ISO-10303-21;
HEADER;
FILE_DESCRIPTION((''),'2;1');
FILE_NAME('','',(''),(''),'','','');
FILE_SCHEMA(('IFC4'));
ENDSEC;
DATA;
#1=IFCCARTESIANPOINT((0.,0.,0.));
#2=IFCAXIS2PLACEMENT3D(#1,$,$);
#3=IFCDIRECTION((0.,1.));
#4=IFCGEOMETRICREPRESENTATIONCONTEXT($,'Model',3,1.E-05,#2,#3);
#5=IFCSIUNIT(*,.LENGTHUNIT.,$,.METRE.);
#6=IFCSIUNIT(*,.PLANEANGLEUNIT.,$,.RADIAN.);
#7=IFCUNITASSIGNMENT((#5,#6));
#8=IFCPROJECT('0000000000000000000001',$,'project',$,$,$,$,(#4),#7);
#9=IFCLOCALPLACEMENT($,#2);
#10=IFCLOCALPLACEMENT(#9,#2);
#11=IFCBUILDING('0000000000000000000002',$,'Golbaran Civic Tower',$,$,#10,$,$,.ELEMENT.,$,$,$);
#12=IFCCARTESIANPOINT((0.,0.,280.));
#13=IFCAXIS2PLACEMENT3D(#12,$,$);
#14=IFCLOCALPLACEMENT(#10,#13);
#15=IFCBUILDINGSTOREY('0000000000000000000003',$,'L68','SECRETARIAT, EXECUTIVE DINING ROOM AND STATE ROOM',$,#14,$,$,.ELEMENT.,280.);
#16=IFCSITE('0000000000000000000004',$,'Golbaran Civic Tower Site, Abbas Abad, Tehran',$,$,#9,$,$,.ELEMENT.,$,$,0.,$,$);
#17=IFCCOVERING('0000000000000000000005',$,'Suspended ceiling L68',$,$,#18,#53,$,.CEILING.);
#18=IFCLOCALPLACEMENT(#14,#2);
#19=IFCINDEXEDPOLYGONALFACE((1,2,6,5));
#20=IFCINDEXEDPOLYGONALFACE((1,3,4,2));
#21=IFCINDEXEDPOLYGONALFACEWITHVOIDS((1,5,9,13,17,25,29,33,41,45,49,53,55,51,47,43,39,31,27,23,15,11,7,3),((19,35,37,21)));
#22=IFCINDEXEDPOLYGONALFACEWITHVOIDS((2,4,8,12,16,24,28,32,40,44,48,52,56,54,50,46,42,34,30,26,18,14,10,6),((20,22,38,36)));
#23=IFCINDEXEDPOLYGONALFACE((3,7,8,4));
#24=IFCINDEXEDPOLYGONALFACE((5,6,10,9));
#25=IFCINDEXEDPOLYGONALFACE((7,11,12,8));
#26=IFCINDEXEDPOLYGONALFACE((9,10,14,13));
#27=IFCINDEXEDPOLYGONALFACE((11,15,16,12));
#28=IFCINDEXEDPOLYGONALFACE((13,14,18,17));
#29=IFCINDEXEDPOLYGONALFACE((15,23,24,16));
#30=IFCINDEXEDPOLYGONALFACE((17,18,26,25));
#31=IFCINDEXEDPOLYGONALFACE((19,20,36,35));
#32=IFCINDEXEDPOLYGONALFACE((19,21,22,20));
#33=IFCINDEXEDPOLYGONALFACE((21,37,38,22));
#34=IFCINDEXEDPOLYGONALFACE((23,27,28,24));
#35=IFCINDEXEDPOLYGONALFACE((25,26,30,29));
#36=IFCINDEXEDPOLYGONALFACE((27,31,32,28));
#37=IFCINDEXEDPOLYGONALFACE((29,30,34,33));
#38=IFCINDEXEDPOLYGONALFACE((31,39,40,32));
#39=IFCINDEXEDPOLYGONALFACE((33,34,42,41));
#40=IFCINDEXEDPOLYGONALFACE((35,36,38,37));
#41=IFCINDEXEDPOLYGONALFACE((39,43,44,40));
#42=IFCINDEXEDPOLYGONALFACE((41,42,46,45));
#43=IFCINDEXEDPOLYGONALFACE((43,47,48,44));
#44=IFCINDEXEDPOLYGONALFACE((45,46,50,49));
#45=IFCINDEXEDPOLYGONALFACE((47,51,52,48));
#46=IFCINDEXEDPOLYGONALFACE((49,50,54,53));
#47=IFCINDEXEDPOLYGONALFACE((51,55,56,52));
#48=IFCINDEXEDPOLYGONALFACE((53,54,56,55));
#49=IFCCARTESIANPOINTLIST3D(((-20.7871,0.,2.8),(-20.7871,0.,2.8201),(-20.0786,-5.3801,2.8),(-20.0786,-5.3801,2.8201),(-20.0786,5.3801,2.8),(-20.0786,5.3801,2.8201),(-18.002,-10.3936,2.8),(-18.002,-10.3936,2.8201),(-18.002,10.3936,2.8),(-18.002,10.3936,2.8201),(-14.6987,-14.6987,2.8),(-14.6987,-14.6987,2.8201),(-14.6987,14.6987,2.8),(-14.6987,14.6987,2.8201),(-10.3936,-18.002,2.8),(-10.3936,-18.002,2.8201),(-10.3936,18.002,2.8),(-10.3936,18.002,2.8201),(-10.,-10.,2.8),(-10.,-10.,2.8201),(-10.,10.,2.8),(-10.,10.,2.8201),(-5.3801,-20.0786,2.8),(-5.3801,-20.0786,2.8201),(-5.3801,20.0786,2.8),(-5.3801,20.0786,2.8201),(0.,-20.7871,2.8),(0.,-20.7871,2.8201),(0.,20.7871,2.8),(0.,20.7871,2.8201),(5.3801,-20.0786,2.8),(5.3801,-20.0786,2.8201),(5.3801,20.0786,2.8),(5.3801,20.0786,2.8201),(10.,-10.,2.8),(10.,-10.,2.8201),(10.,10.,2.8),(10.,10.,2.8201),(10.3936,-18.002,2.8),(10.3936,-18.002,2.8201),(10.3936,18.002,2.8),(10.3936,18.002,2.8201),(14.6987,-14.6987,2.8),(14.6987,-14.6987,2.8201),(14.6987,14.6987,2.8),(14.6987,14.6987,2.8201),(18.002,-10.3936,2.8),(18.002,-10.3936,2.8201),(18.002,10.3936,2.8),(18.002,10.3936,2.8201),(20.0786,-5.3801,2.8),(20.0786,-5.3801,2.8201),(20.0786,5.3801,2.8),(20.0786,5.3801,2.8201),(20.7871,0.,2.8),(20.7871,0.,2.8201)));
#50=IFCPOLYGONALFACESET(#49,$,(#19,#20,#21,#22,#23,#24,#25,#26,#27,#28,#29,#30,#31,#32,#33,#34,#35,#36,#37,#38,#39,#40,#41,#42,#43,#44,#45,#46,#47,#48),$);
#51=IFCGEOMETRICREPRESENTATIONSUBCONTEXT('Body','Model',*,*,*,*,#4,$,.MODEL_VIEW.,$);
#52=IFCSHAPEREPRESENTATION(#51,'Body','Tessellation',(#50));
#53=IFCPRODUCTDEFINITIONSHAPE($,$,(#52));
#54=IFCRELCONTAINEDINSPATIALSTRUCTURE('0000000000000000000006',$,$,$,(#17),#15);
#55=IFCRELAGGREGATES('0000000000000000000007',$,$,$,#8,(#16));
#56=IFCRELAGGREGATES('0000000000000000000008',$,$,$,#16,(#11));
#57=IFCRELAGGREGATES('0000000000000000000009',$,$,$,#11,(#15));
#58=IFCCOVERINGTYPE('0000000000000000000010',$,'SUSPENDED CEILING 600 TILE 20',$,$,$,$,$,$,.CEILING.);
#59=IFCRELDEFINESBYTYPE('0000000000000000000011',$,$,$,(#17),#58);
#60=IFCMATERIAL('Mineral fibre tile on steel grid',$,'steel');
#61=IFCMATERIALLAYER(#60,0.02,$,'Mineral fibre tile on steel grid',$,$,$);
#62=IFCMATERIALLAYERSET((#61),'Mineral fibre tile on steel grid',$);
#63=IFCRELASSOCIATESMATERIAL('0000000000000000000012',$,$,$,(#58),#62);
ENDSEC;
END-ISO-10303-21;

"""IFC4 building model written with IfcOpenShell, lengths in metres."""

from ifc_helpers import new_model, si_unit, direction, frame, origin, place, context, subcontext, project, spatial, polyline, outline, extrude, material, layer, layer_set, type_object, element, save


model = new_model("IFC4")

# Units and contexts
model_context = context("Model", 3, precision=1e-05, world=origin(), true_north=direction((0.0, 1.0)))
body_context = subcontext(model_context, "Body", "Model", "MODEL_VIEW")
ifc_project = project(units=[si_unit("LENGTHUNIT", "METRE"), si_unit("PLANEANGLEUNIT", "RADIAN")], contexts=[model_context])

# Site, building, storey
site_placement = place(None, origin())
site = spatial("IfcSite", under=ifc_project, at=site_placement, Name="Golbaran Civic Tower Site, Abbas Abad, Tehran", CompositionType="ELEMENT", RefElevation=0.0)
building_placement = place(site_placement, origin())
building = spatial("IfcBuilding", under=site, at=building_placement, Name="Golbaran Civic Tower", CompositionType="ELEMENT")
storey_placement = place(building_placement, frame((0.0, 0.0, 280.0)))
storey = spatial("IfcBuildingStorey", under=building, at=storey_placement, Name="L68", Description="SECRETARIAT, EXECUTIVE DINING ROOM AND STATE ROOM", CompositionType="ELEMENT", Elevation=280.0)

# Covering
ifc_material_1 = material(Name="Mineral fibre tile on steel grid", Category="steel")
ifc_layer_1 = layer(ifc_material_1, 0.02, Name="Mineral fibre tile on steel grid")
ifc_layer_set_1 = layer_set([ifc_layer_1], Name="Mineral fibre tile on steel grid")
covering_type = type_object("IfcCoveringType", Name="SUSPENDED CEILING 600 TILE 20", PredefinedType="CEILING", material=ifc_layer_set_1)
covering_placement = place(storey_placement, frame((0.0, 0.0, 2.8)))
element("IfcCovering", 1, at=covering_placement, inside=storey, type_object=covering_type, Name="Suspended ceiling L68", PredefinedType="CEILING", context=body_context, shape_type="SweptSolid", body=[
    extrude(outline(polyline([(-20.0786, 5.3801), (-18.002, 10.3936), (-14.6987, 14.6987), (-10.3936, 18.002), (-5.3801, 20.0786), (0.0, 20.7871), (5.3801, 20.0786), (10.3936, 18.002), (14.6987, 14.6987), (18.002, 10.3936), (20.0786, 5.3801), (20.7871, 0.0), (20.0786, -5.3801), (18.002, -10.3936), (14.6987, -14.6987), (10.3936, -18.002), (5.3801, -20.0786), (0.0, -20.7871), (-5.3801, -20.0786), (-10.3936, -18.002), (-14.6987, -14.6987), (-18.002, -10.3936), (-20.0786, -5.3801), (-20.7871, 0.0), (-20.0786, 5.3801)]), holes=[polyline([(10.0, 10.0), (-10.0, 10.0), (-10.0, -10.0), (10.0, -10.0), (10.0, 10.0)])]), origin(), (0.0, 0.0, 1.0), 0.02),
])

save(model, "model.ifc")
